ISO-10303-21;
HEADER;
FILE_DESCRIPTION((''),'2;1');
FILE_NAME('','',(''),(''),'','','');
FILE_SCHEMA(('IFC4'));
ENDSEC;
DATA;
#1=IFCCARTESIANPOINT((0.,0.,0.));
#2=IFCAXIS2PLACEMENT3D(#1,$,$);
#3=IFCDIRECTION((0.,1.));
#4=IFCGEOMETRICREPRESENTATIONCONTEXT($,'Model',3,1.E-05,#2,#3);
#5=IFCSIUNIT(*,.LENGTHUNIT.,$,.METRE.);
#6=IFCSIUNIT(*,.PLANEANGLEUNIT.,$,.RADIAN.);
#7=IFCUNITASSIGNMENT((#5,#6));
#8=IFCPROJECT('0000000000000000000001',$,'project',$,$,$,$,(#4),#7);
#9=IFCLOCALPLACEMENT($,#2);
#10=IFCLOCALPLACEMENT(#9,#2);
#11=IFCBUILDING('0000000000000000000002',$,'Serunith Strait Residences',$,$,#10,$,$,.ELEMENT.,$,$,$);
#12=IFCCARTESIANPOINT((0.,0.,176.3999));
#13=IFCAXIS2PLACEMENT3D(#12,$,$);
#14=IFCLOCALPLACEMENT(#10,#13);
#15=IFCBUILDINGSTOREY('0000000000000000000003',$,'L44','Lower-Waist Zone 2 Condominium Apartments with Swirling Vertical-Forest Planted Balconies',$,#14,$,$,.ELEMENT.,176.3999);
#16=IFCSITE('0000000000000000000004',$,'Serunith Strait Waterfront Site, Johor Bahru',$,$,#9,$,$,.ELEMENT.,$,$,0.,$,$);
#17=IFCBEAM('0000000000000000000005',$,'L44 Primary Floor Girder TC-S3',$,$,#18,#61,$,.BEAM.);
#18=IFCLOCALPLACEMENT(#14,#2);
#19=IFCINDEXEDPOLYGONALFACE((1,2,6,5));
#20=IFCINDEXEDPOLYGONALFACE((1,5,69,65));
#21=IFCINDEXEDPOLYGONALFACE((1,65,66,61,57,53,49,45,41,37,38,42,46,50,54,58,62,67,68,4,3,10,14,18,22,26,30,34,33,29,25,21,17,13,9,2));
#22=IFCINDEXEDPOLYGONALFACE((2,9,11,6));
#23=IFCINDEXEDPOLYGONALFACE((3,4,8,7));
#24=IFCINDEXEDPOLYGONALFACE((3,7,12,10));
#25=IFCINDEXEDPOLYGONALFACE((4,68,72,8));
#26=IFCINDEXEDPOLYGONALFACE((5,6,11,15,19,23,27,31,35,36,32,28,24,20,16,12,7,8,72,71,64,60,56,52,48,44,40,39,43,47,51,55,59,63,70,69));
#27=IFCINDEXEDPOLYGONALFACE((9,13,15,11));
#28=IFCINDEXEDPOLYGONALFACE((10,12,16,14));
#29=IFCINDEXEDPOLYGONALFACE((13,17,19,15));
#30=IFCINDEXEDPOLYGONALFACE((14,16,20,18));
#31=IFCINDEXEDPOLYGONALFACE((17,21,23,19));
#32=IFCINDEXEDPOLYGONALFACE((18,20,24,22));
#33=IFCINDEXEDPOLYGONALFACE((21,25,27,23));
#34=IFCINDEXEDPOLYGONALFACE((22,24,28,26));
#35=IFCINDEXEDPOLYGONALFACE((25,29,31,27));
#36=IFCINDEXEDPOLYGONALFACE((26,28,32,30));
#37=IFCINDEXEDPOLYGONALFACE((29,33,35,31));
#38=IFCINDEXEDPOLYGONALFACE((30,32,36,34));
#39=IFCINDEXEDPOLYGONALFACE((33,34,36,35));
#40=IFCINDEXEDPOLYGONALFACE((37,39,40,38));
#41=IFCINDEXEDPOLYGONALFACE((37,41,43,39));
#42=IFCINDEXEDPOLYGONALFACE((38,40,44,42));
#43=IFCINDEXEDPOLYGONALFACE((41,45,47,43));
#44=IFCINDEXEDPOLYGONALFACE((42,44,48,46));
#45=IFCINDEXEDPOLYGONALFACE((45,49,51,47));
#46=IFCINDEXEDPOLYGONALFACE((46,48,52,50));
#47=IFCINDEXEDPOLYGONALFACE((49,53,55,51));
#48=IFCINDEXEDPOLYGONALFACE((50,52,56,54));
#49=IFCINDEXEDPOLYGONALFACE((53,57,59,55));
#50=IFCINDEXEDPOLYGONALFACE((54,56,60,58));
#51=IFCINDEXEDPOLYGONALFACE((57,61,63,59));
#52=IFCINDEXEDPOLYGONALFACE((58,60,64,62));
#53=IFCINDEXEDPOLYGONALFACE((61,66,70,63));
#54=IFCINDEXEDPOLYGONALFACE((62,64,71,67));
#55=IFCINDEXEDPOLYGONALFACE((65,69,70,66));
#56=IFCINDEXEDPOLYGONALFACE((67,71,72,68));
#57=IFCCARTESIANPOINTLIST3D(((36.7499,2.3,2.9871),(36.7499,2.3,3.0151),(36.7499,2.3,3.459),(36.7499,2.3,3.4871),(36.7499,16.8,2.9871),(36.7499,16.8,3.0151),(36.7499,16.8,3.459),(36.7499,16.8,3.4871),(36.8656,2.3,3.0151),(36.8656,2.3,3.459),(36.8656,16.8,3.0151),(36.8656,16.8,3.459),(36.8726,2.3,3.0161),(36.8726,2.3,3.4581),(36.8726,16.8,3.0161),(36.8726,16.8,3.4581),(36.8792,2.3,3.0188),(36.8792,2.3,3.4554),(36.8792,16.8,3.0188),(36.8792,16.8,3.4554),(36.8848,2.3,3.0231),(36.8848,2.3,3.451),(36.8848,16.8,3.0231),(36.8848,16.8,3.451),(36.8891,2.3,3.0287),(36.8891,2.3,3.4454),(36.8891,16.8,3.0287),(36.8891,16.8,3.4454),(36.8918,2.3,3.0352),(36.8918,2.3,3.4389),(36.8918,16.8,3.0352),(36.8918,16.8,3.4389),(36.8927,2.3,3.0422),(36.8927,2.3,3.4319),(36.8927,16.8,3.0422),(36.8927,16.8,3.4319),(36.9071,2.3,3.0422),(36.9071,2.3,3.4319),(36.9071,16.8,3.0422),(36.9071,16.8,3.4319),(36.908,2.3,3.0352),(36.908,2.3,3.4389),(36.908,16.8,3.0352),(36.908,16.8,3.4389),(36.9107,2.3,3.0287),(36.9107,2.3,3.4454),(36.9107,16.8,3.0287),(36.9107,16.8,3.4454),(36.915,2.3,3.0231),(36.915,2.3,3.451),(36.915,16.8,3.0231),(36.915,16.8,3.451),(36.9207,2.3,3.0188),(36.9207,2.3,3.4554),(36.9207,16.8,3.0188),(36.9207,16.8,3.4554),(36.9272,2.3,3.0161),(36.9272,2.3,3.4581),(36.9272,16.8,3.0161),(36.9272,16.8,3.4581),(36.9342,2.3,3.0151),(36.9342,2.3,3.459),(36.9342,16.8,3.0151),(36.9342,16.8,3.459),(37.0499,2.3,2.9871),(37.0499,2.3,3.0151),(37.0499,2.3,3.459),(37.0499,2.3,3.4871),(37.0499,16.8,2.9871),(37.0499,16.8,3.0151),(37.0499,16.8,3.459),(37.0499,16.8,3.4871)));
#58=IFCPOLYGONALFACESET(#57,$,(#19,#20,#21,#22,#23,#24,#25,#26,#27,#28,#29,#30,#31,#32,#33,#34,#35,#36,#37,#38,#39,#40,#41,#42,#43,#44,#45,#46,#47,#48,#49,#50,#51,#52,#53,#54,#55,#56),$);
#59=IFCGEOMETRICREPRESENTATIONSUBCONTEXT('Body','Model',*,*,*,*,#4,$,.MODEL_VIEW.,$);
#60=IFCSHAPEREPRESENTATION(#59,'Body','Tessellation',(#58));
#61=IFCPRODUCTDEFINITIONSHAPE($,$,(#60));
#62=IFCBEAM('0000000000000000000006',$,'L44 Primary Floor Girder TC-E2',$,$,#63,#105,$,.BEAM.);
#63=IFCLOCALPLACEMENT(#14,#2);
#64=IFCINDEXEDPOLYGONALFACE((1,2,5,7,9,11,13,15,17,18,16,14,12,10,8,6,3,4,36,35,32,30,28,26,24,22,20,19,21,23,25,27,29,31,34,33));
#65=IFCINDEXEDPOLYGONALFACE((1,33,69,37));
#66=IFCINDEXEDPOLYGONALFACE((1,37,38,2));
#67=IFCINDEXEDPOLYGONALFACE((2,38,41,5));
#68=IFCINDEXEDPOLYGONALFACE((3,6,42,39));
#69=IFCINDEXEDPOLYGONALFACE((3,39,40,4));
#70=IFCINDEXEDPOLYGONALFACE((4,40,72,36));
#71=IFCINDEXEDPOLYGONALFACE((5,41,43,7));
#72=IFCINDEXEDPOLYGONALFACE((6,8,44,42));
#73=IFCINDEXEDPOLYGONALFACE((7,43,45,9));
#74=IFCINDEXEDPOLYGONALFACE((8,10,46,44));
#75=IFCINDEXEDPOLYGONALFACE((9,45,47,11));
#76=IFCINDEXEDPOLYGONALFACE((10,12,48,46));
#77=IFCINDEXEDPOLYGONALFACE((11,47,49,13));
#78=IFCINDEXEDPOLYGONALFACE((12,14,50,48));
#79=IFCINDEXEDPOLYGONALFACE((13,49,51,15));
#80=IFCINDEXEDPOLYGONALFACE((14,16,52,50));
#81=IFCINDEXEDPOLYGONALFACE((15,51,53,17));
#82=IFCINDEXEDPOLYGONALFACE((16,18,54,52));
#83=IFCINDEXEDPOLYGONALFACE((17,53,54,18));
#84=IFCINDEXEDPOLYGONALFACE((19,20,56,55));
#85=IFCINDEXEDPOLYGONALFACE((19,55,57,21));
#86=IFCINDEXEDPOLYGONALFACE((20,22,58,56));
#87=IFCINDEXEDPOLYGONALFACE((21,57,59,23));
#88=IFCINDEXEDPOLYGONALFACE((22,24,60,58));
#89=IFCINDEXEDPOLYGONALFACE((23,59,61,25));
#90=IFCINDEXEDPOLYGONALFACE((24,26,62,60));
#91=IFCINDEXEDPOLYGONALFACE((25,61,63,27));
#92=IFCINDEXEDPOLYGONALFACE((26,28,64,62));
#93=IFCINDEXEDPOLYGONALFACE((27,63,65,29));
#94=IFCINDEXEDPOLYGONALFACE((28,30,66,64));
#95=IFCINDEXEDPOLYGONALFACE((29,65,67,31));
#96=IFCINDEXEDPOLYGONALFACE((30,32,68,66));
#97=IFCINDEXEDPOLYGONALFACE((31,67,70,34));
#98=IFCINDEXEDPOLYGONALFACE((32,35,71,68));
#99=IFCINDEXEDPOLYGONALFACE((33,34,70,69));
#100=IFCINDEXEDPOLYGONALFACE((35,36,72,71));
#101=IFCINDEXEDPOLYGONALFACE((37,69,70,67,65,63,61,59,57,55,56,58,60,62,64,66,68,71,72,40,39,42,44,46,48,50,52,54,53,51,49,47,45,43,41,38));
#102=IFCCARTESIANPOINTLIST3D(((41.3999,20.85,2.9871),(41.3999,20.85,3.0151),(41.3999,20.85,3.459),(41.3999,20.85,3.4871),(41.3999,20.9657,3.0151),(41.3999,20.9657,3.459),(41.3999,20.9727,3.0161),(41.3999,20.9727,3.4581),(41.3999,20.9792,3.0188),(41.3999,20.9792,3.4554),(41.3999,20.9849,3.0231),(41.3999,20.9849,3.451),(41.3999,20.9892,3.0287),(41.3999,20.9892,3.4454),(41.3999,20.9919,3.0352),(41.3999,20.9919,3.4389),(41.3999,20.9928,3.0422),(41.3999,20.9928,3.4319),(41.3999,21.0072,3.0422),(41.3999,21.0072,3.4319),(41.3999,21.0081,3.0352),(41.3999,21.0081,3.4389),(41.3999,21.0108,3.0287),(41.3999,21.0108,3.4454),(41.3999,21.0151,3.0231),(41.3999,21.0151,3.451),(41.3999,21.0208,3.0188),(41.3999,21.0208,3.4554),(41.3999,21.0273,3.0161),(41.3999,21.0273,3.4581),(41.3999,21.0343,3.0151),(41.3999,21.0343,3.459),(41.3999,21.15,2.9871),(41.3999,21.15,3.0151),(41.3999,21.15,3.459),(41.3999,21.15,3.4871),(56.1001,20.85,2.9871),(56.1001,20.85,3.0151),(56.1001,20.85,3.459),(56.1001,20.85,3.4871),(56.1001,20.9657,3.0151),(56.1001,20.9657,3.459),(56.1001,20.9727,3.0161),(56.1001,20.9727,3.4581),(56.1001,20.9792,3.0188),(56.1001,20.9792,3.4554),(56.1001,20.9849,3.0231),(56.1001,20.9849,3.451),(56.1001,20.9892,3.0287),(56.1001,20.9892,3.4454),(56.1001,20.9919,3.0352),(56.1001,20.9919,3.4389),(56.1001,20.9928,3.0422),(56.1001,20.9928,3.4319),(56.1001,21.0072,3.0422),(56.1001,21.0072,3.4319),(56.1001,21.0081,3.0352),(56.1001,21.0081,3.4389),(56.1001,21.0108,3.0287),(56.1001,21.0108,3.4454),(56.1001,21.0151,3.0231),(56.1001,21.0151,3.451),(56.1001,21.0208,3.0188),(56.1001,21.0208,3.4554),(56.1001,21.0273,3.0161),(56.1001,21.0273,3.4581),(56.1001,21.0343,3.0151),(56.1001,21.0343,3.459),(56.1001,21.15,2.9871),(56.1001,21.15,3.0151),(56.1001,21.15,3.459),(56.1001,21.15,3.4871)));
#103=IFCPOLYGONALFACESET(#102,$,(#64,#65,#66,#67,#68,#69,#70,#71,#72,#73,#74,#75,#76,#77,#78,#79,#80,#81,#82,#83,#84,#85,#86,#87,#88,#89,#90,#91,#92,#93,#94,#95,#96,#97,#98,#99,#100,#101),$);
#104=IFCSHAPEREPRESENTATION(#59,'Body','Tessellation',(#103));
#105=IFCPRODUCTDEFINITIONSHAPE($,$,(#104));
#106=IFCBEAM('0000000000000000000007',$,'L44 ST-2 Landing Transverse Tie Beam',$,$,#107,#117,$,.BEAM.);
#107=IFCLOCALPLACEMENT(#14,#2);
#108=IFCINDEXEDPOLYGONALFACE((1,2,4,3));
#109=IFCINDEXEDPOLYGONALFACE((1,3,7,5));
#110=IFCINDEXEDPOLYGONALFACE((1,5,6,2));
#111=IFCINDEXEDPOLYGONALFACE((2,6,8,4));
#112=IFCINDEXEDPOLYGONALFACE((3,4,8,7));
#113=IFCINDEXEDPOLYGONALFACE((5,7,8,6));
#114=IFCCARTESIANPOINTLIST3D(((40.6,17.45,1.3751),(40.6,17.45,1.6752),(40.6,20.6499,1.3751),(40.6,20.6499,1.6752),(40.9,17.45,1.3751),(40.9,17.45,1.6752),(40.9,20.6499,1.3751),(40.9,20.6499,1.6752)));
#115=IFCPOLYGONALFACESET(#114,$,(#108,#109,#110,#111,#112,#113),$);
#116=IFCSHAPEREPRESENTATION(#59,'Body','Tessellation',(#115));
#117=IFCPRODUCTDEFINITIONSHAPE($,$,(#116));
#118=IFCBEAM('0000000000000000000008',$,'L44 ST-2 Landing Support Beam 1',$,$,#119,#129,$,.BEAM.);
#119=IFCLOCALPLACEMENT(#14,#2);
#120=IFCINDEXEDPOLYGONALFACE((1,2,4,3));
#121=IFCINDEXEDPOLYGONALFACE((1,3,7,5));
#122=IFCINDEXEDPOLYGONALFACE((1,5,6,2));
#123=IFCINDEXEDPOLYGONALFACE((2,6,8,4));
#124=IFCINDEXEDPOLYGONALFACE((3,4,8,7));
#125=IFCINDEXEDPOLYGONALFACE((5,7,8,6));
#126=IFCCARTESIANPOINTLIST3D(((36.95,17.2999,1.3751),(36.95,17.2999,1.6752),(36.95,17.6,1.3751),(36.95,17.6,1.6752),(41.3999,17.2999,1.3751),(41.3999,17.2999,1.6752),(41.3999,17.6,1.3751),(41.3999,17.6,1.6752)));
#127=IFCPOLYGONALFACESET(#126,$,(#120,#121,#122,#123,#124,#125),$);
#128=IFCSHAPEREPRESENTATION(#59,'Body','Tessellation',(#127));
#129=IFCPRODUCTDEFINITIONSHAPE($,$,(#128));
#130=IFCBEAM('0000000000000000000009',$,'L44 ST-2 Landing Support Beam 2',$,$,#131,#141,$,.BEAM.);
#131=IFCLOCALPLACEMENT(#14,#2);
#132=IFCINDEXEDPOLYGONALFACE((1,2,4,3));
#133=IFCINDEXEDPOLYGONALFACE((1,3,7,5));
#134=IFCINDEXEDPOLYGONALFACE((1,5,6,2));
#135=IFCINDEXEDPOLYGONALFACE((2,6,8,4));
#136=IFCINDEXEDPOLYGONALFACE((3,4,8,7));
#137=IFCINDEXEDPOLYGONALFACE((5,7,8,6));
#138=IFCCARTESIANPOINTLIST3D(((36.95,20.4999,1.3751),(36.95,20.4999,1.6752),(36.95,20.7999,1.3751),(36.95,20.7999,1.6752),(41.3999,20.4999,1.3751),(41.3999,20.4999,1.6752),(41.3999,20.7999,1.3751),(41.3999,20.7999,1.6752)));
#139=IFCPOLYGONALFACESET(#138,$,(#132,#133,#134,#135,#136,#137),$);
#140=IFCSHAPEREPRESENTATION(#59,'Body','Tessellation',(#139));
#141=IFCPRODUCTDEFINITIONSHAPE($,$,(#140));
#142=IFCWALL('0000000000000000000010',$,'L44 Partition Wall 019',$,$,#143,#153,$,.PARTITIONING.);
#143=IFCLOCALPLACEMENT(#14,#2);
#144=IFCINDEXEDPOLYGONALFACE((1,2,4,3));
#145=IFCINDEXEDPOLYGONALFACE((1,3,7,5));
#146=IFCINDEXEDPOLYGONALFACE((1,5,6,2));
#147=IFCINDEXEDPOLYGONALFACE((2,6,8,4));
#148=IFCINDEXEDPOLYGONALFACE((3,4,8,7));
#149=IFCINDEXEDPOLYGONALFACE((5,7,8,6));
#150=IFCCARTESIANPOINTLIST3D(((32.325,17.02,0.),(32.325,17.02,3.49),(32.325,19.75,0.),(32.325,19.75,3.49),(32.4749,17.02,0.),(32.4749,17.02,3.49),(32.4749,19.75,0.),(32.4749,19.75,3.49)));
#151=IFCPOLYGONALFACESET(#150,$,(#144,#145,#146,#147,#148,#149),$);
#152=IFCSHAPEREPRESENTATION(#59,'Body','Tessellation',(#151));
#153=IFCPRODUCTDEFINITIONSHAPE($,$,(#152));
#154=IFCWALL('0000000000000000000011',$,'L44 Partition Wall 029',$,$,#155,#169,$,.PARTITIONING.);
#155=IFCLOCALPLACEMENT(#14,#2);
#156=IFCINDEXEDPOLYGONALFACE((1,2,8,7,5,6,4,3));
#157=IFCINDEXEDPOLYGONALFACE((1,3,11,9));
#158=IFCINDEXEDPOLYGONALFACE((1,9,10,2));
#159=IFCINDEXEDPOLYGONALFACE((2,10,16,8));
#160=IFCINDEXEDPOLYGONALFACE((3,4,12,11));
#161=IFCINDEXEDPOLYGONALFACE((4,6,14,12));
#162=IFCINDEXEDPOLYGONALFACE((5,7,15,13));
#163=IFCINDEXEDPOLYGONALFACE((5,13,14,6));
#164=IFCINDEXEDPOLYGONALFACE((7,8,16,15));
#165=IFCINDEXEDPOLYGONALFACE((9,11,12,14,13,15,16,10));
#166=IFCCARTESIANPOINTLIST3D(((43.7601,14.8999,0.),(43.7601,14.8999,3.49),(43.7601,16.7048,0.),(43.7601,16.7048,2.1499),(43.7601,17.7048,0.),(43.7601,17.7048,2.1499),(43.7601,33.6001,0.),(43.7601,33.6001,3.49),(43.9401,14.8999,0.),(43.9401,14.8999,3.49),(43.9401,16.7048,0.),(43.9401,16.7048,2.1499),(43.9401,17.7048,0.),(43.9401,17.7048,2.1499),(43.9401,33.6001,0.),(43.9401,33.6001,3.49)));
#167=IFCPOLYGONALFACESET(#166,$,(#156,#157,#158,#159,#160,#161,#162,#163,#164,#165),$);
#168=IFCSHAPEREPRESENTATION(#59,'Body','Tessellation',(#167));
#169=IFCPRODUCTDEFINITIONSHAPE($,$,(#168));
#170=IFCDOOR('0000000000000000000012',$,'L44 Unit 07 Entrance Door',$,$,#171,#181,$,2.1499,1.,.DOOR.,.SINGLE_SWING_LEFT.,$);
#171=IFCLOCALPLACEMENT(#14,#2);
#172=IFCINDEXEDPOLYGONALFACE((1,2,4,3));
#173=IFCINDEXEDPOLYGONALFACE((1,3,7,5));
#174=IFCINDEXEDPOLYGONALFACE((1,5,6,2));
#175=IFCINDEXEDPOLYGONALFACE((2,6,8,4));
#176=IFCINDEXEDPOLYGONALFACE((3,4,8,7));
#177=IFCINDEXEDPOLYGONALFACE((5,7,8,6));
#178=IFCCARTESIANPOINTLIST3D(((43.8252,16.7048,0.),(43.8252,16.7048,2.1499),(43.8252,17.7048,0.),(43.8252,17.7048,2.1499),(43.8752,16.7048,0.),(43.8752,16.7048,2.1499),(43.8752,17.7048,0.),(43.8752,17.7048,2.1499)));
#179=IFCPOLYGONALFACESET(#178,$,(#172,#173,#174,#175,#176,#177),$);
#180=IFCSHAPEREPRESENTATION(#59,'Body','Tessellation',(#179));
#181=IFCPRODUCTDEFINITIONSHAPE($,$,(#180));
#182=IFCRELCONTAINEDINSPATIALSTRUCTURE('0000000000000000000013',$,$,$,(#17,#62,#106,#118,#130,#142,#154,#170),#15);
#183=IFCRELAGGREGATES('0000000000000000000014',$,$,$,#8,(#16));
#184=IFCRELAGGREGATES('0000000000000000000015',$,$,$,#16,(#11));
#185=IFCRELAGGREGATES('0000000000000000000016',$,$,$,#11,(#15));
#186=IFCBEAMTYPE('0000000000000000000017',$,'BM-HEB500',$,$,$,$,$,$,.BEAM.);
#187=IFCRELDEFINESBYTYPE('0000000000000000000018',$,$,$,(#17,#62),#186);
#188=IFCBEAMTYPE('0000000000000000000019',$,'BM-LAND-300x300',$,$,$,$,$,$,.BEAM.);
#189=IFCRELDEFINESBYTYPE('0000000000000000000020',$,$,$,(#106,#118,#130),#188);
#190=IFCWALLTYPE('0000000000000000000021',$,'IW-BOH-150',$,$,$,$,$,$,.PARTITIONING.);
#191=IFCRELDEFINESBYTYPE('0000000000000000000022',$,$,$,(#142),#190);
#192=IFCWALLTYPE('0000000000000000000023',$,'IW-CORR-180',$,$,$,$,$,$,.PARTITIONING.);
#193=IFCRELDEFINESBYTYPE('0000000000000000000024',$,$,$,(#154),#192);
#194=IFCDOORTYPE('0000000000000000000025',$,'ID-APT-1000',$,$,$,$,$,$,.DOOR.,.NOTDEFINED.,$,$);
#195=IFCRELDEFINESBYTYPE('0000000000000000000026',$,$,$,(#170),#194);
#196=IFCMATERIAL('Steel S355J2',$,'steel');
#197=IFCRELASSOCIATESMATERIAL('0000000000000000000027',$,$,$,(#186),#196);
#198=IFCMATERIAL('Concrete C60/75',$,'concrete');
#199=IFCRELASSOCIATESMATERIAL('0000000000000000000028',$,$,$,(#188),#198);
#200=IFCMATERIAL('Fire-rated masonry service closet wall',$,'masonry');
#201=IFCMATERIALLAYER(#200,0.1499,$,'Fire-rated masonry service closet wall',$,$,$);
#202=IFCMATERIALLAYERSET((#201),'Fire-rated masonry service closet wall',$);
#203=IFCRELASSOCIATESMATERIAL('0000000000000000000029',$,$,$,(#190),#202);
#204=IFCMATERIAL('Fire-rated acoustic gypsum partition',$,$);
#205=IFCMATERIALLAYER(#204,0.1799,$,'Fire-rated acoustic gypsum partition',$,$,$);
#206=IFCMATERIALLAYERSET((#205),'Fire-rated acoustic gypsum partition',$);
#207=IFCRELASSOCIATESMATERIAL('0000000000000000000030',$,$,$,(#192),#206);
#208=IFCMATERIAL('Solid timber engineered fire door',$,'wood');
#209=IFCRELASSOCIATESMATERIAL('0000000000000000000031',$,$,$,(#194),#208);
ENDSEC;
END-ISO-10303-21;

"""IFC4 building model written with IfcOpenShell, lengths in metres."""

from ifc_helpers import new_model, si_unit, direction, frame, frame_2d, origin, origin_2d, place, context, subcontext, project, spatial, rectangle, i_section, extrude, source, transform, mapped, material, layer, layer_set, material_profile, profile_set, type_object, element, fill, save


model = new_model("IFC4")

# Units and contexts
model_context = context("Model", 3, precision=1e-05, world=origin(), true_north=direction((0.0, 1.0)))
body_context = subcontext(model_context, "Body", "Model", "MODEL_VIEW")
ifc_project = project(units=[si_unit("LENGTHUNIT", "METRE"), si_unit("PLANEANGLEUNIT", "RADIAN")], contexts=[model_context])

# Site, building, storey
site_placement = place(None, origin())
site = spatial("IfcSite", under=ifc_project, at=site_placement, Name="Serunith Strait Waterfront Site, Johor Bahru", CompositionType="ELEMENT", RefElevation=0.0)
building_placement = place(site_placement, origin())
building = spatial("IfcBuilding", under=site, at=building_placement, Name="Serunith Strait Residences", CompositionType="ELEMENT")
storey_placement = place(building_placement, frame((0.0, 0.0, 176.3999)))
storey = spatial("IfcBuildingStorey", under=building, at=storey_placement, Name="L44", Description="Lower-Waist Zone 2 Condominium Apartments with Swirling Vertical-Forest Planted Balconies", CompositionType="ELEMENT", Elevation=176.3999)

# Beams
ifc_material_1 = material(Name="Steel S355J2", Category="steel")
ifc_material_profile_1 = material_profile(ifc_material_1, i_section(OverallWidth=0.3, OverallDepth=0.5, WebThickness=0.0144, FlangeThickness=0.0281, FilletRadius=0.0271, at=origin_2d()), Name="HEB 500")
ifc_profile_set_1 = profile_set([ifc_material_profile_1], Name="Steel S355J2")
beam_type_1 = type_object("IfcBeamType", Name="BM-HEB500", PredefinedType="BEAM", material=ifc_profile_set_1)
shared_shape_1 = source(origin(), body_context, "Body", "SweptSolid", [
    extrude(i_section(OverallWidth=0.3, OverallDepth=0.5, WebThickness=0.0144, FlangeThickness=0.0281, FilletRadius=0.0271, at=origin_2d()), origin(), (0.0, 0.0, 1.0), 14.5),
])
beam_1_placement = place(storey_placement, frame((36.8999, 16.8, 3.2371), z_axis=(0.0, -1.0, 0.0), x_axis=(1.0, 0.0, 0.0)))
element("IfcBeam", 1, at=beam_1_placement, inside=storey, type_object=beam_type_1, Name="L44 Primary Floor Girder TC-S3", PredefinedType="BEAM", context=body_context, shape_type="MappedRepresentation", body=[
    mapped(shared_shape_1, transform((0.0, 0.0, 0.0), scale=1.0)),
])
shared_shape_2 = source(origin(), body_context, "Body", "SweptSolid", [
    extrude(i_section(OverallWidth=0.3, OverallDepth=0.5, WebThickness=0.0144, FlangeThickness=0.0281, FilletRadius=0.0271, at=origin_2d()), origin(), (0.0, 0.0, 1.0), 14.7002),
])
beam_2_placement = place(storey_placement, frame((41.3999, 21.0, 3.2371), z_axis=(1.0, 0.0, 0.0), x_axis=(0.0, 1.0, 0.0)))
element("IfcBeam", 2, at=beam_2_placement, inside=storey, type_object=beam_type_1, Name="L44 Primary Floor Girder TC-E2", PredefinedType="BEAM", context=body_context, shape_type="MappedRepresentation", body=[
    mapped(shared_shape_2, transform((0.0, 0.0, 0.0), scale=1.0)),
])
ifc_material_2 = material(Name="Concrete C60/75", Category="concrete")
ifc_material_profile_2 = material_profile(ifc_material_2, rectangle(XDim=0.3, YDim=0.3, at=origin_2d()), Name="RC 300x300")
ifc_profile_set_2 = profile_set([ifc_material_profile_2], Name="Concrete C60/75")
beam_type_2 = type_object("IfcBeamType", Name="BM-LAND-300x300", PredefinedType="BEAM", material=ifc_profile_set_2)
shared_shape_3 = source(origin(), body_context, "Body", "SweptSolid", [
    extrude(rectangle(XDim=0.3, YDim=0.3, at=origin_2d()), origin(), (0.0, 0.0, 1.0), 3.2),
])
beam_3_placement = place(storey_placement, frame((40.75, 17.45, 1.5251), z_axis=(0.0, 1.0, 0.0), x_axis=(-1.0, 0.0, 0.0)))
element("IfcBeam", 3, at=beam_3_placement, inside=storey, type_object=beam_type_2, Name="L44 ST-2 Landing Transverse Tie Beam", PredefinedType="BEAM", context=body_context, shape_type="MappedRepresentation", body=[
    mapped(shared_shape_3, transform((0.0, 0.0, 0.0), scale=1.0)),
])
shared_shape_4 = source(origin(), body_context, "Body", "SweptSolid", [
    extrude(rectangle(XDim=0.3, YDim=0.3, at=origin_2d()), origin(), (0.0, 0.0, 1.0), 4.45),
])
for number, where, z_axis, x_axis, name in (
    (4, (36.95, 17.45, 1.5251), (1.0, 0.0, 0.0), (0.0, 1.0, 0.0), "L44 ST-2 Landing Support Beam 1"),
    (5, (36.95, 20.6499, 1.5251), (1.0, 0.0, 0.0), (0.0, 1.0, 0.0), "L44 ST-2 Landing Support Beam 2"),
):
    element("IfcBeam", number, at=place(storey_placement, frame(where, z_axis=z_axis, x_axis=x_axis)), inside=storey, type_object=beam_type_2, Name=name, PredefinedType="BEAM", context=body_context, shape_type="MappedRepresentation", body=[
        mapped(shared_shape_4, transform((0.0, 0.0, 0.0), scale=1.0)),
    ])

# Wall
ifc_material_3 = material(Name="Fire-rated masonry service closet wall", Category="masonry")
ifc_layer_1 = layer(ifc_material_3, 0.1499, Name="Fire-rated masonry service closet wall")
ifc_layer_set_1 = layer_set([ifc_layer_1], Name="Fire-rated masonry service closet wall")
wall_type_1 = type_object("IfcWallType", Name="IW-BOH-150", PredefinedType="PARTITIONING", material=ifc_layer_set_1)
wall_1_placement = place(storey_placement, frame((32.3999, 17.02, 0.0), z_axis=(0.0, 0.0, 1.0), x_axis=(0.0, 1.0, 0.0)))
element("IfcWall", 6, at=wall_1_placement, inside=storey, type_object=wall_type_1, Name="L44 Partition Wall 019", PredefinedType="PARTITIONING", context=body_context, shape_type="SweptSolid", body=[
    extrude(rectangle(XDim=2.73, YDim=0.1499, at=frame_2d((1.365, 0.0))), origin(), (0.0, 0.0, 1.0), 3.49),
])

# Wall, opening, door
ifc_material_4 = material(Name="Fire-rated acoustic gypsum partition")
ifc_layer_2 = layer(ifc_material_4, 0.1799, Name="Fire-rated acoustic gypsum partition")
ifc_layer_set_2 = layer_set([ifc_layer_2], Name="Fire-rated acoustic gypsum partition")
wall_type_2 = type_object("IfcWallType", Name="IW-CORR-180", PredefinedType="PARTITIONING", material=ifc_layer_set_2)
wall_2_placement = place(storey_placement, frame((43.8501, 14.8999, 0.0), z_axis=(0.0, 0.0, 1.0), x_axis=(0.0, 1.0, 0.0)))
wall_2 = element("IfcWall", 7, at=wall_2_placement, inside=storey, type_object=wall_type_2, Name="L44 Partition Wall 029", PredefinedType="PARTITIONING", context=body_context, shape_type="SweptSolid", body=[
    extrude(rectangle(XDim=18.7002, YDim=0.1799, at=frame_2d((9.3501, 0.0))), origin(), (0.0, 0.0, 1.0), 3.49),
])
opening_1_placement = place(wall_2_placement, frame((1.8049, 0.0, 0.0)))
opening_1 = element("IfcOpeningElement", 8, at=opening_1_placement, cuts=wall_2, PredefinedType="OPENING", context=body_context, shape_type="SweptSolid", body=[
    extrude(rectangle(XDim=1.0, YDim=2.1499, at=frame_2d((0.5, 1.075))), frame((0.0, 0.1001, 0.0), z_axis=(0.0, -1.0, 0.0), x_axis=(1.0, 0.0, 0.0)), (0.0, 0.0, 1.0), 0.2),
])
ifc_material_5 = material(Name="Solid timber engineered fire door", Category="wood")
door_type_1 = type_object("IfcDoorType", Name="ID-APT-1000", OperationType="NOTDEFINED", PredefinedType="DOOR", material=ifc_material_5)
shared_shape_5 = source(origin(), body_context, "Body", "SweptSolid", [
    extrude(rectangle(XDim=1.0, YDim=2.1499, at=frame_2d((0.5, 1.075))), frame((0.0, 0.0249, 0.0), z_axis=(0.0, -1.0, 0.0), x_axis=(1.0, 0.0, 0.0)), (0.0, 0.0, 1.0), 0.05),
])
door_1_placement = place(opening_1_placement, origin())
door_1 = element("IfcDoor", 9, at=door_1_placement, inside=storey, type_object=door_type_1, Name="L44 Unit 07 Entrance Door", OperationType="SINGLE_SWING_LEFT", OverallHeight=2.1499, OverallWidth=1.0, PredefinedType="DOOR", context=body_context, shape_type="MappedRepresentation", body=[
    mapped(shared_shape_5, transform((0.0, 0.0, 0.0), scale=1.0)),
])
fill(opening_1, door_1)

save(model, "model.ifc")
